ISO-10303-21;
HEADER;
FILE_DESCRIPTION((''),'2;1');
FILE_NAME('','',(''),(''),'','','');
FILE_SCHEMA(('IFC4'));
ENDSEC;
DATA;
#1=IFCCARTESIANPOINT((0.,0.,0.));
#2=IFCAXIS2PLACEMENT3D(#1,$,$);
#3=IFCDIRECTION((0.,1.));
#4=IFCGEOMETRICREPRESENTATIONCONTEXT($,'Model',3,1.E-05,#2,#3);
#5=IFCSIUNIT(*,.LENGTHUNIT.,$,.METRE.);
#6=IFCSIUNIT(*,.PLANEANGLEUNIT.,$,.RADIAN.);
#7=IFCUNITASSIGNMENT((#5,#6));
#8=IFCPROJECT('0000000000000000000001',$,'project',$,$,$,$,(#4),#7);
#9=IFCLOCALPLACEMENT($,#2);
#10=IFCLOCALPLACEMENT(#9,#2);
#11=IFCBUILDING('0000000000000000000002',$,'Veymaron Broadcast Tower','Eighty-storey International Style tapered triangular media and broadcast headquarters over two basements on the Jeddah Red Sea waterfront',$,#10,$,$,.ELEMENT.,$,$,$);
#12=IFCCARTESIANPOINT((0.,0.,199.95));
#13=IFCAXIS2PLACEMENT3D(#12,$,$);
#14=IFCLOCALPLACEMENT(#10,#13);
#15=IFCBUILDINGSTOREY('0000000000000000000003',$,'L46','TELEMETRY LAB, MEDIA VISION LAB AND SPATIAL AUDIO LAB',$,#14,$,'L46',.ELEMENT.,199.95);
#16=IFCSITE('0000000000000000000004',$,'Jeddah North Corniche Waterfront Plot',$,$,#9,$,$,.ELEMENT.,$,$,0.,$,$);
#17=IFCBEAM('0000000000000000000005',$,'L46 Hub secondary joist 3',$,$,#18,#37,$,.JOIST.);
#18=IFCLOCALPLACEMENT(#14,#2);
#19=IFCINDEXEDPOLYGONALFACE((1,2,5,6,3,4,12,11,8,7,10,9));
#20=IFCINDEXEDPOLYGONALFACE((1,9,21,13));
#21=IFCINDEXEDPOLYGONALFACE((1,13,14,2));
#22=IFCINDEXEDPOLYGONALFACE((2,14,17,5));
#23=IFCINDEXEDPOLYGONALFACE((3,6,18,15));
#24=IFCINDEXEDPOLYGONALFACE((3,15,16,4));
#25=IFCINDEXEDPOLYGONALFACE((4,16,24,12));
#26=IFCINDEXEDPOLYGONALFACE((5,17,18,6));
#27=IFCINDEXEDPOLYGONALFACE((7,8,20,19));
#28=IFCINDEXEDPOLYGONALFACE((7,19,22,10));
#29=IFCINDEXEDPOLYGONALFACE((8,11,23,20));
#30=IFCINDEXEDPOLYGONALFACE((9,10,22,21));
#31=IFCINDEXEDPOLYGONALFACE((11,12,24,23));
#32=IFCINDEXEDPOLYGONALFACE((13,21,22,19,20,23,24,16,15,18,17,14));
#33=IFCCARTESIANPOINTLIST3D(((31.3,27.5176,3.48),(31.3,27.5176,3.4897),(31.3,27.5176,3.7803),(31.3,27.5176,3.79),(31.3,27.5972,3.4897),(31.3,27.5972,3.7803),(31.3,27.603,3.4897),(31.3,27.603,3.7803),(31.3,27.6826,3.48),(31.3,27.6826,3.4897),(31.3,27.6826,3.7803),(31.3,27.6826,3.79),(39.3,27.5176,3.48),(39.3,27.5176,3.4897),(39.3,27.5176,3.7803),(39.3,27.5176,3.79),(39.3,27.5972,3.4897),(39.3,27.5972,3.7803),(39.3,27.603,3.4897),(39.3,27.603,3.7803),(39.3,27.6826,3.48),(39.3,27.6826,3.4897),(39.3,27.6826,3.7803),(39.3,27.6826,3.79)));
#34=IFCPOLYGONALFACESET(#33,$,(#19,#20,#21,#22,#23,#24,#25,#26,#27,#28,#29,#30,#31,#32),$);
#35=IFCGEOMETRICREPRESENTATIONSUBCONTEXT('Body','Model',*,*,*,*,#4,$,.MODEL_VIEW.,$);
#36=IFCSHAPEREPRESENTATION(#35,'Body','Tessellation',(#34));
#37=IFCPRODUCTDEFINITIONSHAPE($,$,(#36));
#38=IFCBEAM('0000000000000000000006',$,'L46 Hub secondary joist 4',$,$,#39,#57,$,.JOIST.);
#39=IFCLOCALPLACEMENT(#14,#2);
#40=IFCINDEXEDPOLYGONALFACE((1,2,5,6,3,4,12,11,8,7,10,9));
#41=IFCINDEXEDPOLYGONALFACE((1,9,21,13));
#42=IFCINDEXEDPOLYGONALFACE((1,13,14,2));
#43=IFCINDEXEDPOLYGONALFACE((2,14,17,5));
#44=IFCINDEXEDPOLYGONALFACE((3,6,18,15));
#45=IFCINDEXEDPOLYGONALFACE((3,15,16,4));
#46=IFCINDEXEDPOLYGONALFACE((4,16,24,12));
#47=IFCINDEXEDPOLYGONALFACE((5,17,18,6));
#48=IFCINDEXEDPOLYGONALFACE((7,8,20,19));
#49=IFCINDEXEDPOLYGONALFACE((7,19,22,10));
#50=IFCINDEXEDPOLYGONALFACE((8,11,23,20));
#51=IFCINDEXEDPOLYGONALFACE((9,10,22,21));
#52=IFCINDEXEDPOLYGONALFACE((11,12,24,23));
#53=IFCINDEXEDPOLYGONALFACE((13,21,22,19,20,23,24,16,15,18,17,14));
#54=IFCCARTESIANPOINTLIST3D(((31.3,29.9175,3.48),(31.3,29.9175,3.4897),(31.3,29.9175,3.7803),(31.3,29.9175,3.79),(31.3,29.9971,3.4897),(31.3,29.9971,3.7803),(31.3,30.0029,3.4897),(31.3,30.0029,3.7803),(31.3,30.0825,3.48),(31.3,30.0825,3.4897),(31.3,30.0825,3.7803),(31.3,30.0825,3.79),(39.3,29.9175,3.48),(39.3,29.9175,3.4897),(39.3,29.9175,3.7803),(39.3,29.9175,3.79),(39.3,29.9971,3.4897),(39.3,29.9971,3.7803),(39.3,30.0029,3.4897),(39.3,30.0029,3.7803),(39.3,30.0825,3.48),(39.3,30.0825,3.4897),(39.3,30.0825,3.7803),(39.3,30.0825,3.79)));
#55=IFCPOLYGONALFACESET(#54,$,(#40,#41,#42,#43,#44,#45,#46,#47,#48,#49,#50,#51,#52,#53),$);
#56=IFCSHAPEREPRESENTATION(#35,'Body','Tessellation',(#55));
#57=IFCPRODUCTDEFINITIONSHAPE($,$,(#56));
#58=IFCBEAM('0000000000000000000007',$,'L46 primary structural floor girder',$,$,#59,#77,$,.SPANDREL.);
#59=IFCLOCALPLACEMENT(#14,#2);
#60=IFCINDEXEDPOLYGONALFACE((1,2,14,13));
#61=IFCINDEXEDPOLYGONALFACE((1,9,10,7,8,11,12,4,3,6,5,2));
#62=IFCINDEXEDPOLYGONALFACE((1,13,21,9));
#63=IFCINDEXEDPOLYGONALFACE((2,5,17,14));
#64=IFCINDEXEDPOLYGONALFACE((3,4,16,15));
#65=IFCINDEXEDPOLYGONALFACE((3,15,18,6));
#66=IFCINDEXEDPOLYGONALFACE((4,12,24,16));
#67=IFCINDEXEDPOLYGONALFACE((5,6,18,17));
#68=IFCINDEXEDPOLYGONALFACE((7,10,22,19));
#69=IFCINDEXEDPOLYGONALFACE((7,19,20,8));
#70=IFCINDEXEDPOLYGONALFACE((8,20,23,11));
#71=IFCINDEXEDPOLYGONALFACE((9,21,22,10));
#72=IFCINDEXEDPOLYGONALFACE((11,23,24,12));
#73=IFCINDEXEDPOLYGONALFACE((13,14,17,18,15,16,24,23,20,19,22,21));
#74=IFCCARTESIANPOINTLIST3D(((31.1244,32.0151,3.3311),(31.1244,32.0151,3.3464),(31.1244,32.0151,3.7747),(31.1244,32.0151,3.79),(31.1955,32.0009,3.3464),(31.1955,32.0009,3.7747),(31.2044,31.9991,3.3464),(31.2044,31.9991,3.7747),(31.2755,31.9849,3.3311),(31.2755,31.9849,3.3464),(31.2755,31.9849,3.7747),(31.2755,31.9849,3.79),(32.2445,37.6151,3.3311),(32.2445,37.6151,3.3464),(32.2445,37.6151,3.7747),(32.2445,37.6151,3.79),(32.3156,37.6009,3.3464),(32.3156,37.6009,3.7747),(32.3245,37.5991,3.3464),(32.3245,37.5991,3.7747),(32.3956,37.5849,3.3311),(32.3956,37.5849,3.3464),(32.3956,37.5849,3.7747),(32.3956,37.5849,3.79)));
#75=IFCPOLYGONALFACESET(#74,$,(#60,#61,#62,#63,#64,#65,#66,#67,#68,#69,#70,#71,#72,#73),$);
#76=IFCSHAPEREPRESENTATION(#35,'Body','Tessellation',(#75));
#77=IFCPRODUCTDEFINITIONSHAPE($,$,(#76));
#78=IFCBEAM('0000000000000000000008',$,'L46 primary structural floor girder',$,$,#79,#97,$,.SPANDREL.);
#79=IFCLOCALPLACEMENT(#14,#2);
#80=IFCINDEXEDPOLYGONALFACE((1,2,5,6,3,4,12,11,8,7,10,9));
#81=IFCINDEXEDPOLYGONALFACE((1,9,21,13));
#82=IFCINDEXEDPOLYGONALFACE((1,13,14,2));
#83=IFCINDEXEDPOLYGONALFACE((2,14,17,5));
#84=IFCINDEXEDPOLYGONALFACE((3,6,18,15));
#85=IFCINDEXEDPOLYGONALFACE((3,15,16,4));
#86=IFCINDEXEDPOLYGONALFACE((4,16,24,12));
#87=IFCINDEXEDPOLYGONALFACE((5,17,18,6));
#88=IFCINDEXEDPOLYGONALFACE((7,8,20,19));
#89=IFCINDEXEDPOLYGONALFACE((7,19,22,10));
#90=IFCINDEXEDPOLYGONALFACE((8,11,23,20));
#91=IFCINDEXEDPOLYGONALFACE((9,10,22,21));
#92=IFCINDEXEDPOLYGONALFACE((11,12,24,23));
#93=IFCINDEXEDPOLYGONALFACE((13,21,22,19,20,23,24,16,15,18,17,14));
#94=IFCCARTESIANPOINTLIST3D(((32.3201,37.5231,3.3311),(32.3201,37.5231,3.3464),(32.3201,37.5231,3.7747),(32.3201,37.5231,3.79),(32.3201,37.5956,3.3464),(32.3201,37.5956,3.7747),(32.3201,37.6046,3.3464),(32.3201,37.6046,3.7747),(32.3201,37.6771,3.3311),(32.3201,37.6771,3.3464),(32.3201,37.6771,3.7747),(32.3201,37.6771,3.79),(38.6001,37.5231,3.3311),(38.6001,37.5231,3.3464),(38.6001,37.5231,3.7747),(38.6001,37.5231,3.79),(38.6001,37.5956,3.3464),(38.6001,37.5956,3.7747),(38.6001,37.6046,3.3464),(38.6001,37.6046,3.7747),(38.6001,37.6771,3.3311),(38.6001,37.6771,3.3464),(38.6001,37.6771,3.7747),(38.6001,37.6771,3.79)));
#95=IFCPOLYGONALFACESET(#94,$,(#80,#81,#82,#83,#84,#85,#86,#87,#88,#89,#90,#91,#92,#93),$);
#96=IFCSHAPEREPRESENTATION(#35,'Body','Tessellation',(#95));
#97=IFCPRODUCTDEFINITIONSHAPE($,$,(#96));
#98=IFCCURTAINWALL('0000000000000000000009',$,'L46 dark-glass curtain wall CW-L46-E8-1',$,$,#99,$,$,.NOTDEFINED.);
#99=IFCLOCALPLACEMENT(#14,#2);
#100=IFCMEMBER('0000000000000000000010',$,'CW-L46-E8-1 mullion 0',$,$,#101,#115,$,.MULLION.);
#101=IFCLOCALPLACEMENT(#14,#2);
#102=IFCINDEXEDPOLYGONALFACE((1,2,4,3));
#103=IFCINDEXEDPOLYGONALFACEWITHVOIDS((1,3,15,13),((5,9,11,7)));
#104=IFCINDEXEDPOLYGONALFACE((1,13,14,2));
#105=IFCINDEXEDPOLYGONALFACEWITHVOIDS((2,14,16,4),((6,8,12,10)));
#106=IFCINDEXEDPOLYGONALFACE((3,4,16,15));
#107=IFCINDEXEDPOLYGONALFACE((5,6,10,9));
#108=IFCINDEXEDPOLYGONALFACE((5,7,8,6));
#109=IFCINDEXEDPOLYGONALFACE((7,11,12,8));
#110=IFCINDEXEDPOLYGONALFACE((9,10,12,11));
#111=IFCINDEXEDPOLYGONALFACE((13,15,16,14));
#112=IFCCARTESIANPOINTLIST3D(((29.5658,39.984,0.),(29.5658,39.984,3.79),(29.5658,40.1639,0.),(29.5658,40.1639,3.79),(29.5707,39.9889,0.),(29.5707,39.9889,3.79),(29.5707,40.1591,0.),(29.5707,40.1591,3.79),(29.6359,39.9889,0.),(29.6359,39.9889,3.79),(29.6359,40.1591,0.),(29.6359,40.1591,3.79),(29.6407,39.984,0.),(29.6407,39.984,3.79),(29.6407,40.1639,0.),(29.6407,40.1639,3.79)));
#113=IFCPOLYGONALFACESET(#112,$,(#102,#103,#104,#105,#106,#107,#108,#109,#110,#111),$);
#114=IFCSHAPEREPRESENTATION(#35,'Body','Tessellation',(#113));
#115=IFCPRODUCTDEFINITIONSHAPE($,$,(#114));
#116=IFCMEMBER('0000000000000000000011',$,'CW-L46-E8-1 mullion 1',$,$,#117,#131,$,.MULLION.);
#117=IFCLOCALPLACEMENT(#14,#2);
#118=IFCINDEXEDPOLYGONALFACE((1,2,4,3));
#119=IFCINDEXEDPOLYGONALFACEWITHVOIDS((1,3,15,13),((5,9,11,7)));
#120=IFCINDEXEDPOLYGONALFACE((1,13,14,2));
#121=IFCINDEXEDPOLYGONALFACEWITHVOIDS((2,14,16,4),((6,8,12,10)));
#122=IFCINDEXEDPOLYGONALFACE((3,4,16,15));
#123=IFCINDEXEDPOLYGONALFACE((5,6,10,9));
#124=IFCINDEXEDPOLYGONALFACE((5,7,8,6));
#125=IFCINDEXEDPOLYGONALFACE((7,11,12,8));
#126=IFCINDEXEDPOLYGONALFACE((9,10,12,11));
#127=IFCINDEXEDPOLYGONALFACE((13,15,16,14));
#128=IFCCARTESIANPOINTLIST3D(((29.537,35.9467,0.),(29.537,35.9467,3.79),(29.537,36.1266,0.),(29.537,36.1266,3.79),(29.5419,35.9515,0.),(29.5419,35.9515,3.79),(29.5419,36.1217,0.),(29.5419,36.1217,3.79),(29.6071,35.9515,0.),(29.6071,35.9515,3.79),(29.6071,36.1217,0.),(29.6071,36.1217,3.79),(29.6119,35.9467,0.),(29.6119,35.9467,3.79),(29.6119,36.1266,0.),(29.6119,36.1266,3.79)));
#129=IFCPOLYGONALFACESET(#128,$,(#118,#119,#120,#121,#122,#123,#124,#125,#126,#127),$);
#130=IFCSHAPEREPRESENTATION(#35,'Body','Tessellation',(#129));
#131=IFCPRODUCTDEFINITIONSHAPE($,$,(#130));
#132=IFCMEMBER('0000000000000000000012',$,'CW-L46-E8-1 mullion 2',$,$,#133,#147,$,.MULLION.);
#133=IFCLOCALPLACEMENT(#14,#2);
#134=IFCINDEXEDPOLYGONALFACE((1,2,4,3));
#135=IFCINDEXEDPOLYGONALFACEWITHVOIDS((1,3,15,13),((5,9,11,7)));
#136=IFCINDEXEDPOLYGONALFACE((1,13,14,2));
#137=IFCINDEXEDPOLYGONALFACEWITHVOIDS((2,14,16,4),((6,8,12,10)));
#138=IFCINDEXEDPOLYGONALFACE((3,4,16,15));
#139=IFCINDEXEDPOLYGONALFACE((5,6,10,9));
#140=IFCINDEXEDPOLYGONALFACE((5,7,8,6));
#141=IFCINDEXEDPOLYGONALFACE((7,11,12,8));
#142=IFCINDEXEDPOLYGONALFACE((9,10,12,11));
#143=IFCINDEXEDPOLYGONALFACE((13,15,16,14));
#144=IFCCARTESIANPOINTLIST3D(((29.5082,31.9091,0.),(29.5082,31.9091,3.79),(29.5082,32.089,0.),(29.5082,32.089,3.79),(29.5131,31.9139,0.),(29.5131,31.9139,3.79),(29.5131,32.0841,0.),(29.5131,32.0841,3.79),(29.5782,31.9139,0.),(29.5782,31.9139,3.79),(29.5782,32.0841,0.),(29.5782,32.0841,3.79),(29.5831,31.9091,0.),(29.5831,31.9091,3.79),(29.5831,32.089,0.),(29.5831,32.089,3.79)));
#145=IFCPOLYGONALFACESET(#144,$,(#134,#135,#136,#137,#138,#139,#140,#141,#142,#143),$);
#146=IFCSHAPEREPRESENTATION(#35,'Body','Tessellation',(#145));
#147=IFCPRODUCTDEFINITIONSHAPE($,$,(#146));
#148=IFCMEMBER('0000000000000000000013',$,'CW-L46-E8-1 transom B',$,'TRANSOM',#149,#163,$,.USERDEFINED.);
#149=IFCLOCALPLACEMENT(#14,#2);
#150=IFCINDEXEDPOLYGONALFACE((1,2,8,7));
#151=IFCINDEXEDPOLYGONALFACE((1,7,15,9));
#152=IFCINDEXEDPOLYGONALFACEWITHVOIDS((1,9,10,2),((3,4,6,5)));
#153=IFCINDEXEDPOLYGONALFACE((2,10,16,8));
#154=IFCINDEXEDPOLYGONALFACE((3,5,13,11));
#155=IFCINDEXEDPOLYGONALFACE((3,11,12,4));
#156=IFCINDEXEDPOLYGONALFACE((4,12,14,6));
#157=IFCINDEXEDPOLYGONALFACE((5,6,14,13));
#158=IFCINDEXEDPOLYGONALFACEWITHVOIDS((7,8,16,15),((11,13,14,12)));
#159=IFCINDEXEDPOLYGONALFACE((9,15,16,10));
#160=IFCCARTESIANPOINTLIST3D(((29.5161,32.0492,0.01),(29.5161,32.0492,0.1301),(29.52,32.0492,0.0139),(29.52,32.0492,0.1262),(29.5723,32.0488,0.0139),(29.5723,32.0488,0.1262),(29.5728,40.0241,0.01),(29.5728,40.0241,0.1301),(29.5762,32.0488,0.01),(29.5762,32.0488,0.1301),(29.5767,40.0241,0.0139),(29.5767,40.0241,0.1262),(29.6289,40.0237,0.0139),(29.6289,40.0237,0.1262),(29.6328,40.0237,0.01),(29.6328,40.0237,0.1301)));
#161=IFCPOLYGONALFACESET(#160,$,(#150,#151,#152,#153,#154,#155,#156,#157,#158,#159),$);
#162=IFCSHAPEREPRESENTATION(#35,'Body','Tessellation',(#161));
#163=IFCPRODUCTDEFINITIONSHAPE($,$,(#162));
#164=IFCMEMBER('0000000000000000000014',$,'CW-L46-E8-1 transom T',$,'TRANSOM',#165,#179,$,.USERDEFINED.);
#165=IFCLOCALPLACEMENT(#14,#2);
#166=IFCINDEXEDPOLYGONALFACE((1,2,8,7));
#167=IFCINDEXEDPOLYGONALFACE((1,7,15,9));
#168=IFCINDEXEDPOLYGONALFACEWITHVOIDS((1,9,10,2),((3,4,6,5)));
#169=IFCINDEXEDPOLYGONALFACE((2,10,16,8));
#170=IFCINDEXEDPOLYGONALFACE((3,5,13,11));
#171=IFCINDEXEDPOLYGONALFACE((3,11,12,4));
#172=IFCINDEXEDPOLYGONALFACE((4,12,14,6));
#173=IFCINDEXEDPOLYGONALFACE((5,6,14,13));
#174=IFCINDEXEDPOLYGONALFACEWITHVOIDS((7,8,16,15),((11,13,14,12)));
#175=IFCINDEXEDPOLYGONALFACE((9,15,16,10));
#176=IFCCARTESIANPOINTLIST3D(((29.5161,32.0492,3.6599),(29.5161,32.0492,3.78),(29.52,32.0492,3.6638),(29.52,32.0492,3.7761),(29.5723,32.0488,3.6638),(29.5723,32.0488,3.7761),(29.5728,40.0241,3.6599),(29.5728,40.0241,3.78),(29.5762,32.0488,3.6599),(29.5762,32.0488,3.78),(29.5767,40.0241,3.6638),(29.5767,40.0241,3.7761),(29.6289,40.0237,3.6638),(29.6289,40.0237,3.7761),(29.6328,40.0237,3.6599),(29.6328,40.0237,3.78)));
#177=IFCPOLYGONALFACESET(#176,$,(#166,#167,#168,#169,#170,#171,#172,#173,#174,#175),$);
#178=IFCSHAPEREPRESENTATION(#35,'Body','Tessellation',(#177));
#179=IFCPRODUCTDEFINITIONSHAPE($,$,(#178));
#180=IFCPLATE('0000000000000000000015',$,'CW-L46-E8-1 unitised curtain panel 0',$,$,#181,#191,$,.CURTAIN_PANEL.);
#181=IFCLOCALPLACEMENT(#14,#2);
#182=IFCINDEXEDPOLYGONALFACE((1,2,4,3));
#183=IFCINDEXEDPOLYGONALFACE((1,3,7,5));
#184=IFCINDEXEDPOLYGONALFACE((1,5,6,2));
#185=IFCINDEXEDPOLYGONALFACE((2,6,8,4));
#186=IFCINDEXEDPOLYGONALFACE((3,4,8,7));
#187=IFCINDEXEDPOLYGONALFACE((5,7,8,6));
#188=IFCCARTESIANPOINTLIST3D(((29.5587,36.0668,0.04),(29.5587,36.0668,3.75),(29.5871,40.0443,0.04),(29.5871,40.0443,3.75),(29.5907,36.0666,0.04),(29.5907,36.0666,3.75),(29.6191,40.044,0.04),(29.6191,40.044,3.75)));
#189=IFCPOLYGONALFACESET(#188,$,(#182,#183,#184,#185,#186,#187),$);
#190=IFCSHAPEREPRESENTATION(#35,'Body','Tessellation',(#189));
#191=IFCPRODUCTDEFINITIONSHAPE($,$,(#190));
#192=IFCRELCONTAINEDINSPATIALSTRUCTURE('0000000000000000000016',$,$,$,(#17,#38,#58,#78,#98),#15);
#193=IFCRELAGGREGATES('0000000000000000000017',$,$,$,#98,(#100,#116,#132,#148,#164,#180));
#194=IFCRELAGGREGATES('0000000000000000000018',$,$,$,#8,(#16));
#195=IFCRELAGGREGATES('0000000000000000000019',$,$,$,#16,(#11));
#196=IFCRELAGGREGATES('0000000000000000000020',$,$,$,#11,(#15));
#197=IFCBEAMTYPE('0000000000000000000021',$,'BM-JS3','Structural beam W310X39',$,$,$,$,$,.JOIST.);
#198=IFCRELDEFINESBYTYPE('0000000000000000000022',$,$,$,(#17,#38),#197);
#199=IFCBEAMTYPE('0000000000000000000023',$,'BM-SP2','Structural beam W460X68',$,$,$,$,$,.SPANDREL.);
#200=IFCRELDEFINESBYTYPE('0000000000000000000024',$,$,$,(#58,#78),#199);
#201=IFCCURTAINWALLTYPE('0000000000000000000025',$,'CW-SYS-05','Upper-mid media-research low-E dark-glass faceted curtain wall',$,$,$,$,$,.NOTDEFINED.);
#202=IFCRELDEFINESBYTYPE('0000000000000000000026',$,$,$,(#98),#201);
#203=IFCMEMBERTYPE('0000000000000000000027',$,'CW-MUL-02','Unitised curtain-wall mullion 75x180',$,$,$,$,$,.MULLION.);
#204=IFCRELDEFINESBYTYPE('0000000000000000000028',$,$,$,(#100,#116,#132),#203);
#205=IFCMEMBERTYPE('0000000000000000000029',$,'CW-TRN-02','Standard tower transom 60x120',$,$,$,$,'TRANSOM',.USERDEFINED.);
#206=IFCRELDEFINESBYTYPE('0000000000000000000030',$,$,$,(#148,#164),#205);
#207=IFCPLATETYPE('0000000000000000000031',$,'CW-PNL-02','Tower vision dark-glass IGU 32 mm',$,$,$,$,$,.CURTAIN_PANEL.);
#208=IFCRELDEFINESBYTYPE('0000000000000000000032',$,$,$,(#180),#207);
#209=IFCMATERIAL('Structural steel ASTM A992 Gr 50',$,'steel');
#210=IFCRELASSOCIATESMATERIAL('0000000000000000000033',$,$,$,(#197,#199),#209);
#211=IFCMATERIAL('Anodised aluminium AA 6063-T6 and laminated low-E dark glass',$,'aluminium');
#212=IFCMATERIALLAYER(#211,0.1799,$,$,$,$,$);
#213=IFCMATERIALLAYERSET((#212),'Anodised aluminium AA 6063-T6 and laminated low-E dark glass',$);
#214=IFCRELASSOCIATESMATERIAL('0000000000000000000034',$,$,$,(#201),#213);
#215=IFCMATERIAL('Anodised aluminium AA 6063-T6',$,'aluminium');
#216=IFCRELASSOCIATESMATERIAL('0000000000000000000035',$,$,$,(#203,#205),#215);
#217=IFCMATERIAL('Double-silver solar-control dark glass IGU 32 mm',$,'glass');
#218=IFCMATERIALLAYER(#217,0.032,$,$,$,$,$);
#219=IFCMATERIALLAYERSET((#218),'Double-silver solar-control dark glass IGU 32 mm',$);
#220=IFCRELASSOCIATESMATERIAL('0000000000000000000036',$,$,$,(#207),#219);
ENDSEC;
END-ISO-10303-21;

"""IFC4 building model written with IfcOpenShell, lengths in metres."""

from ifc_helpers import new_model, si_unit, direction, frame, origin, origin_2d, place, context, subcontext, project, spatial, rectangle, hollow_rectangle, i_section, extrude, material, layer, layer_set, material_profile, profile_set, type_object, element, aggregate, save


model = new_model("IFC4")

# Units and contexts
model_context = context("Model", 3, precision=1e-05, world=origin(), true_north=direction((0.0, 1.0)))
body_context = subcontext(model_context, "Body", "Model", "MODEL_VIEW")
ifc_project = project(units=[si_unit("LENGTHUNIT", "METRE"), si_unit("PLANEANGLEUNIT", "RADIAN")], contexts=[model_context])

# Site, building, storey
site_placement = place(None, origin())
site = spatial("IfcSite", under=ifc_project, at=site_placement, Name="Jeddah North Corniche Waterfront Plot", CompositionType="ELEMENT", RefElevation=0.0)
building_placement = place(site_placement, origin())
building = spatial("IfcBuilding", under=site, at=building_placement, Name="Veymaron Broadcast Tower", Description="Eighty-storey International Style tapered triangular media and broadcast headquarters over two basements on the Jeddah Red Sea waterfront", CompositionType="ELEMENT")
storey_placement = place(building_placement, frame((0.0, 0.0, 199.95)))
storey = spatial("IfcBuildingStorey", under=building, at=storey_placement, Name="L46", Description="TELEMETRY LAB, MEDIA VISION LAB AND SPATIAL AUDIO LAB", LongName="L46", CompositionType="ELEMENT", Elevation=199.95)

# Shared definitions
ifc_material_1 = material(Name="Structural steel ASTM A992 Gr 50", Category="steel")

# Beams
ifc_material_profile_1 = material_profile(ifc_material_1, i_section(OverallWidth=0.165, OverallDepth=0.3101, WebThickness=0.0059, FlangeThickness=0.0098, at=origin_2d()), Name="W310X39")
ifc_profile_set_1 = profile_set([ifc_material_profile_1], Name="Structural steel ASTM A992 Gr 50")
beam_type_1 = type_object("IfcBeamType", Name="BM-JS3", Description="Structural beam W310X39", PredefinedType="JOIST", material=ifc_profile_set_1)
for number, where, z_axis, x_axis, name in (
    (1, (31.3, 27.6001, 3.635), (1.0, 0.0, 0.0), (0.0, 1.0, 0.0), "L46 Hub secondary joist 3"),
    (2, (31.3, 30.0, 3.635), (1.0, 0.0, 0.0), (0.0, 1.0, 0.0), "L46 Hub secondary joist 4"),
):
    element("IfcBeam", number, at=place(storey_placement, frame(where, z_axis=z_axis, x_axis=x_axis)), inside=storey, type_object=beam_type_1, Name=name, PredefinedType="JOIST", context=body_context, shape_type="SweptSolid", body=[
        extrude(i_section(OverallWidth=0.165, OverallDepth=0.3101, WebThickness=0.0059, FlangeThickness=0.0098, at=origin_2d()), origin(), (0.0, 0.0, 1.0), 8.0),
    ])
ifc_material_profile_2 = material_profile(ifc_material_1, i_section(OverallWidth=0.1541, OverallDepth=0.459, WebThickness=0.009, FlangeThickness=0.0154, at=origin_2d()), Name="W460X68")
ifc_profile_set_2 = profile_set([ifc_material_profile_2], Name="Structural steel ASTM A992 Gr 50")
beam_type_2 = type_object("IfcBeamType", Name="BM-SP2", Description="Structural beam W460X68", PredefinedType="SPANDREL", material=ifc_profile_set_2)
beam_1_placement = place(storey_placement, frame((31.2, 32.0, 3.5605), z_axis=(0.196133, 0.980577, 0.0), x_axis=(-0.980577, 0.196133, 0.0)))
element("IfcBeam", 3, at=beam_1_placement, inside=storey, type_object=beam_type_2, Name="L46 primary structural floor girder", PredefinedType="SPANDREL", context=body_context, shape_type="SweptSolid", body=[
    extrude(i_section(OverallWidth=0.1541, OverallDepth=0.459, WebThickness=0.009, FlangeThickness=0.0154, at=origin_2d()), origin(), (0.0, 0.0, 1.0), 5.7109),
])
beam_2_placement = place(storey_placement, frame((32.3201, 37.6001, 3.5605), z_axis=(1.0, 0.0, 0.0), x_axis=(0.0, 1.0, 0.0)))
element("IfcBeam", 4, at=beam_2_placement, inside=storey, type_object=beam_type_2, Name="L46 primary structural floor girder", PredefinedType="SPANDREL", context=body_context, shape_type="SweptSolid", body=[
    extrude(i_section(OverallWidth=0.1541, OverallDepth=0.459, WebThickness=0.009, FlangeThickness=0.0154, at=origin_2d()), origin(), (0.0, 0.0, 1.0), 6.28),
])

# Curtain wall, members, plate
ifc_material_2 = material(Name="Anodised aluminium AA 6063-T6 and laminated low-E dark glass", Category="aluminium")
ifc_layer_1 = layer(ifc_material_2, 0.1799)
ifc_layer_set_1 = layer_set([ifc_layer_1], Name="Anodised aluminium AA 6063-T6 and laminated low-E dark glass")
curtain_wall_type = type_object("IfcCurtainWallType", Name="CW-SYS-05", Description="Upper-mid media-research low-E dark-glass faceted curtain wall", PredefinedType="NOTDEFINED", material=ifc_layer_set_1)
curtain_wall_placement = place(storey_placement, origin())
curtain_wall = element("IfcCurtainWall", 5, at=curtain_wall_placement, inside=storey, type_object=curtain_wall_type, Name="L46 dark-glass curtain wall CW-L46-E8-1", PredefinedType="NOTDEFINED")
ifc_material_3 = material(Name="Anodised aluminium AA 6063-T6", Category="aluminium")
ifc_material_profile_3 = material_profile(ifc_material_3, hollow_rectangle(XDim=0.075, YDim=0.1799, WallThickness=0.0049, at=origin_2d()), Name="AL180X75X5")
ifc_profile_set_3 = profile_set([ifc_material_profile_3], Name="Anodised aluminium AA 6063-T6")
member_type_1 = type_object("IfcMemberType", Name="CW-MUL-02", Description="Unitised curtain-wall mullion 75x180", PredefinedType="MULLION", material=ifc_profile_set_3)
member_1_placement = place(storey_placement, frame((29.6033, 40.074, 0.0), z_axis=(0.0, 0.0, 1.0), x_axis=(1.0, 0.0, 0.0)))
member_1 = element("IfcMember", 6, at=member_1_placement, type_object=member_type_1, Name="CW-L46-E8-1 mullion 0", PredefinedType="MULLION", context=body_context, shape_type="SweptSolid", body=[
    extrude(hollow_rectangle(XDim=0.075, YDim=0.1799, WallThickness=0.0049, at=origin_2d()), origin(), (0.0, 0.0, 1.0), 3.79),
])
member_2_placement = place(storey_placement, frame((29.5745, 36.0366, 0.0), z_axis=(0.0, 0.0, 1.0), x_axis=(1.0, 0.0, 0.0)))
member_2 = element("IfcMember", 7, at=member_2_placement, type_object=member_type_1, Name="CW-L46-E8-1 mullion 1", PredefinedType="MULLION", context=body_context, shape_type="SweptSolid", body=[
    extrude(hollow_rectangle(XDim=0.075, YDim=0.1799, WallThickness=0.0049, at=origin_2d()), origin(), (0.0, 0.0, 1.0), 3.79),
])
member_3_placement = place(storey_placement, frame((29.5457, 31.999, 0.0), z_axis=(0.0, 0.0, 1.0), x_axis=(1.0, 0.0, 0.0)))
member_3 = element("IfcMember", 8, at=member_3_placement, type_object=member_type_1, Name="CW-L46-E8-1 mullion 2", PredefinedType="MULLION", context=body_context, shape_type="SweptSolid", body=[
    extrude(hollow_rectangle(XDim=0.075, YDim=0.1799, WallThickness=0.0049, at=origin_2d()), origin(), (0.0, 0.0, 1.0), 3.79),
])
ifc_material_profile_4 = material_profile(ifc_material_3, hollow_rectangle(XDim=0.0601, YDim=0.1201, WallThickness=0.0039, at=origin_2d()), Name="AL120X60X4")
ifc_profile_set_4 = profile_set([ifc_material_profile_4], Name="Anodised aluminium AA 6063-T6")
member_type_2 = type_object("IfcMemberType", Name="CW-TRN-02", Description="Standard tower transom 60x120", ElementType="TRANSOM", PredefinedType="USERDEFINED", material=ifc_profile_set_4)
member_4_placement = place(storey_placement, frame((29.6028, 40.0239, 0.0701), z_axis=(-0.007102, -0.999975, 0.0), x_axis=(0.999975, -0.007102, 0.0)))
member_4 = element("IfcMember", 9, at=member_4_placement, type_object=member_type_2, Name="CW-L46-E8-1 transom B", ObjectType="TRANSOM", PredefinedType="USERDEFINED", context=body_context, shape_type="SweptSolid", body=[
    extrude(hollow_rectangle(XDim=0.0601, YDim=0.1201, WallThickness=0.0039, at=origin_2d()), origin(), (0.0, 0.0, 1.0), 7.9751),
])
member_5_placement = place(storey_placement, frame((29.6028, 40.0239, 3.72), z_axis=(-0.007102, -0.999975, 0.0), x_axis=(0.999975, -0.007102, 0.0)))
member_5 = element("IfcMember", 10, at=member_5_placement, type_object=member_type_2, Name="CW-L46-E8-1 transom T", ObjectType="TRANSOM", PredefinedType="USERDEFINED", context=body_context, shape_type="SweptSolid", body=[
    extrude(hollow_rectangle(XDim=0.0601, YDim=0.1201, WallThickness=0.0039, at=origin_2d()), origin(), (0.0, 0.0, 1.0), 7.9751),
])
ifc_material_4 = material(Name="Double-silver solar-control dark glass IGU 32 mm", Category="glass")
ifc_layer_2 = layer(ifc_material_4, 0.032)
ifc_layer_set_2 = layer_set([ifc_layer_2], Name="Double-silver solar-control dark glass IGU 32 mm")
plate_type = type_object("IfcPlateType", Name="CW-PNL-02", Description="Tower vision dark-glass IGU 32 mm", PredefinedType="CURTAIN_PANEL", material=ifc_layer_set_2)
plate_1_placement = place(storey_placement, frame((29.5889, 38.0554, 0.04), z_axis=(0.0, 0.0, 1.0), x_axis=(-0.007138, -0.999975, 0.0)))
plate_1 = element("IfcPlate", 11, at=plate_1_placement, type_object=plate_type, Name="CW-L46-E8-1 unitised curtain panel 0", PredefinedType="CURTAIN_PANEL", context=body_context, shape_type="SweptSolid", body=[
    extrude(rectangle(XDim=3.9775, YDim=0.032, at=origin_2d()), origin(), (0.0, 0.0, 1.0), 3.71),
])
aggregate(curtain_wall, [member_1, member_2, member_3, member_4, member_5, plate_1])

save(model, "model.ifc")
